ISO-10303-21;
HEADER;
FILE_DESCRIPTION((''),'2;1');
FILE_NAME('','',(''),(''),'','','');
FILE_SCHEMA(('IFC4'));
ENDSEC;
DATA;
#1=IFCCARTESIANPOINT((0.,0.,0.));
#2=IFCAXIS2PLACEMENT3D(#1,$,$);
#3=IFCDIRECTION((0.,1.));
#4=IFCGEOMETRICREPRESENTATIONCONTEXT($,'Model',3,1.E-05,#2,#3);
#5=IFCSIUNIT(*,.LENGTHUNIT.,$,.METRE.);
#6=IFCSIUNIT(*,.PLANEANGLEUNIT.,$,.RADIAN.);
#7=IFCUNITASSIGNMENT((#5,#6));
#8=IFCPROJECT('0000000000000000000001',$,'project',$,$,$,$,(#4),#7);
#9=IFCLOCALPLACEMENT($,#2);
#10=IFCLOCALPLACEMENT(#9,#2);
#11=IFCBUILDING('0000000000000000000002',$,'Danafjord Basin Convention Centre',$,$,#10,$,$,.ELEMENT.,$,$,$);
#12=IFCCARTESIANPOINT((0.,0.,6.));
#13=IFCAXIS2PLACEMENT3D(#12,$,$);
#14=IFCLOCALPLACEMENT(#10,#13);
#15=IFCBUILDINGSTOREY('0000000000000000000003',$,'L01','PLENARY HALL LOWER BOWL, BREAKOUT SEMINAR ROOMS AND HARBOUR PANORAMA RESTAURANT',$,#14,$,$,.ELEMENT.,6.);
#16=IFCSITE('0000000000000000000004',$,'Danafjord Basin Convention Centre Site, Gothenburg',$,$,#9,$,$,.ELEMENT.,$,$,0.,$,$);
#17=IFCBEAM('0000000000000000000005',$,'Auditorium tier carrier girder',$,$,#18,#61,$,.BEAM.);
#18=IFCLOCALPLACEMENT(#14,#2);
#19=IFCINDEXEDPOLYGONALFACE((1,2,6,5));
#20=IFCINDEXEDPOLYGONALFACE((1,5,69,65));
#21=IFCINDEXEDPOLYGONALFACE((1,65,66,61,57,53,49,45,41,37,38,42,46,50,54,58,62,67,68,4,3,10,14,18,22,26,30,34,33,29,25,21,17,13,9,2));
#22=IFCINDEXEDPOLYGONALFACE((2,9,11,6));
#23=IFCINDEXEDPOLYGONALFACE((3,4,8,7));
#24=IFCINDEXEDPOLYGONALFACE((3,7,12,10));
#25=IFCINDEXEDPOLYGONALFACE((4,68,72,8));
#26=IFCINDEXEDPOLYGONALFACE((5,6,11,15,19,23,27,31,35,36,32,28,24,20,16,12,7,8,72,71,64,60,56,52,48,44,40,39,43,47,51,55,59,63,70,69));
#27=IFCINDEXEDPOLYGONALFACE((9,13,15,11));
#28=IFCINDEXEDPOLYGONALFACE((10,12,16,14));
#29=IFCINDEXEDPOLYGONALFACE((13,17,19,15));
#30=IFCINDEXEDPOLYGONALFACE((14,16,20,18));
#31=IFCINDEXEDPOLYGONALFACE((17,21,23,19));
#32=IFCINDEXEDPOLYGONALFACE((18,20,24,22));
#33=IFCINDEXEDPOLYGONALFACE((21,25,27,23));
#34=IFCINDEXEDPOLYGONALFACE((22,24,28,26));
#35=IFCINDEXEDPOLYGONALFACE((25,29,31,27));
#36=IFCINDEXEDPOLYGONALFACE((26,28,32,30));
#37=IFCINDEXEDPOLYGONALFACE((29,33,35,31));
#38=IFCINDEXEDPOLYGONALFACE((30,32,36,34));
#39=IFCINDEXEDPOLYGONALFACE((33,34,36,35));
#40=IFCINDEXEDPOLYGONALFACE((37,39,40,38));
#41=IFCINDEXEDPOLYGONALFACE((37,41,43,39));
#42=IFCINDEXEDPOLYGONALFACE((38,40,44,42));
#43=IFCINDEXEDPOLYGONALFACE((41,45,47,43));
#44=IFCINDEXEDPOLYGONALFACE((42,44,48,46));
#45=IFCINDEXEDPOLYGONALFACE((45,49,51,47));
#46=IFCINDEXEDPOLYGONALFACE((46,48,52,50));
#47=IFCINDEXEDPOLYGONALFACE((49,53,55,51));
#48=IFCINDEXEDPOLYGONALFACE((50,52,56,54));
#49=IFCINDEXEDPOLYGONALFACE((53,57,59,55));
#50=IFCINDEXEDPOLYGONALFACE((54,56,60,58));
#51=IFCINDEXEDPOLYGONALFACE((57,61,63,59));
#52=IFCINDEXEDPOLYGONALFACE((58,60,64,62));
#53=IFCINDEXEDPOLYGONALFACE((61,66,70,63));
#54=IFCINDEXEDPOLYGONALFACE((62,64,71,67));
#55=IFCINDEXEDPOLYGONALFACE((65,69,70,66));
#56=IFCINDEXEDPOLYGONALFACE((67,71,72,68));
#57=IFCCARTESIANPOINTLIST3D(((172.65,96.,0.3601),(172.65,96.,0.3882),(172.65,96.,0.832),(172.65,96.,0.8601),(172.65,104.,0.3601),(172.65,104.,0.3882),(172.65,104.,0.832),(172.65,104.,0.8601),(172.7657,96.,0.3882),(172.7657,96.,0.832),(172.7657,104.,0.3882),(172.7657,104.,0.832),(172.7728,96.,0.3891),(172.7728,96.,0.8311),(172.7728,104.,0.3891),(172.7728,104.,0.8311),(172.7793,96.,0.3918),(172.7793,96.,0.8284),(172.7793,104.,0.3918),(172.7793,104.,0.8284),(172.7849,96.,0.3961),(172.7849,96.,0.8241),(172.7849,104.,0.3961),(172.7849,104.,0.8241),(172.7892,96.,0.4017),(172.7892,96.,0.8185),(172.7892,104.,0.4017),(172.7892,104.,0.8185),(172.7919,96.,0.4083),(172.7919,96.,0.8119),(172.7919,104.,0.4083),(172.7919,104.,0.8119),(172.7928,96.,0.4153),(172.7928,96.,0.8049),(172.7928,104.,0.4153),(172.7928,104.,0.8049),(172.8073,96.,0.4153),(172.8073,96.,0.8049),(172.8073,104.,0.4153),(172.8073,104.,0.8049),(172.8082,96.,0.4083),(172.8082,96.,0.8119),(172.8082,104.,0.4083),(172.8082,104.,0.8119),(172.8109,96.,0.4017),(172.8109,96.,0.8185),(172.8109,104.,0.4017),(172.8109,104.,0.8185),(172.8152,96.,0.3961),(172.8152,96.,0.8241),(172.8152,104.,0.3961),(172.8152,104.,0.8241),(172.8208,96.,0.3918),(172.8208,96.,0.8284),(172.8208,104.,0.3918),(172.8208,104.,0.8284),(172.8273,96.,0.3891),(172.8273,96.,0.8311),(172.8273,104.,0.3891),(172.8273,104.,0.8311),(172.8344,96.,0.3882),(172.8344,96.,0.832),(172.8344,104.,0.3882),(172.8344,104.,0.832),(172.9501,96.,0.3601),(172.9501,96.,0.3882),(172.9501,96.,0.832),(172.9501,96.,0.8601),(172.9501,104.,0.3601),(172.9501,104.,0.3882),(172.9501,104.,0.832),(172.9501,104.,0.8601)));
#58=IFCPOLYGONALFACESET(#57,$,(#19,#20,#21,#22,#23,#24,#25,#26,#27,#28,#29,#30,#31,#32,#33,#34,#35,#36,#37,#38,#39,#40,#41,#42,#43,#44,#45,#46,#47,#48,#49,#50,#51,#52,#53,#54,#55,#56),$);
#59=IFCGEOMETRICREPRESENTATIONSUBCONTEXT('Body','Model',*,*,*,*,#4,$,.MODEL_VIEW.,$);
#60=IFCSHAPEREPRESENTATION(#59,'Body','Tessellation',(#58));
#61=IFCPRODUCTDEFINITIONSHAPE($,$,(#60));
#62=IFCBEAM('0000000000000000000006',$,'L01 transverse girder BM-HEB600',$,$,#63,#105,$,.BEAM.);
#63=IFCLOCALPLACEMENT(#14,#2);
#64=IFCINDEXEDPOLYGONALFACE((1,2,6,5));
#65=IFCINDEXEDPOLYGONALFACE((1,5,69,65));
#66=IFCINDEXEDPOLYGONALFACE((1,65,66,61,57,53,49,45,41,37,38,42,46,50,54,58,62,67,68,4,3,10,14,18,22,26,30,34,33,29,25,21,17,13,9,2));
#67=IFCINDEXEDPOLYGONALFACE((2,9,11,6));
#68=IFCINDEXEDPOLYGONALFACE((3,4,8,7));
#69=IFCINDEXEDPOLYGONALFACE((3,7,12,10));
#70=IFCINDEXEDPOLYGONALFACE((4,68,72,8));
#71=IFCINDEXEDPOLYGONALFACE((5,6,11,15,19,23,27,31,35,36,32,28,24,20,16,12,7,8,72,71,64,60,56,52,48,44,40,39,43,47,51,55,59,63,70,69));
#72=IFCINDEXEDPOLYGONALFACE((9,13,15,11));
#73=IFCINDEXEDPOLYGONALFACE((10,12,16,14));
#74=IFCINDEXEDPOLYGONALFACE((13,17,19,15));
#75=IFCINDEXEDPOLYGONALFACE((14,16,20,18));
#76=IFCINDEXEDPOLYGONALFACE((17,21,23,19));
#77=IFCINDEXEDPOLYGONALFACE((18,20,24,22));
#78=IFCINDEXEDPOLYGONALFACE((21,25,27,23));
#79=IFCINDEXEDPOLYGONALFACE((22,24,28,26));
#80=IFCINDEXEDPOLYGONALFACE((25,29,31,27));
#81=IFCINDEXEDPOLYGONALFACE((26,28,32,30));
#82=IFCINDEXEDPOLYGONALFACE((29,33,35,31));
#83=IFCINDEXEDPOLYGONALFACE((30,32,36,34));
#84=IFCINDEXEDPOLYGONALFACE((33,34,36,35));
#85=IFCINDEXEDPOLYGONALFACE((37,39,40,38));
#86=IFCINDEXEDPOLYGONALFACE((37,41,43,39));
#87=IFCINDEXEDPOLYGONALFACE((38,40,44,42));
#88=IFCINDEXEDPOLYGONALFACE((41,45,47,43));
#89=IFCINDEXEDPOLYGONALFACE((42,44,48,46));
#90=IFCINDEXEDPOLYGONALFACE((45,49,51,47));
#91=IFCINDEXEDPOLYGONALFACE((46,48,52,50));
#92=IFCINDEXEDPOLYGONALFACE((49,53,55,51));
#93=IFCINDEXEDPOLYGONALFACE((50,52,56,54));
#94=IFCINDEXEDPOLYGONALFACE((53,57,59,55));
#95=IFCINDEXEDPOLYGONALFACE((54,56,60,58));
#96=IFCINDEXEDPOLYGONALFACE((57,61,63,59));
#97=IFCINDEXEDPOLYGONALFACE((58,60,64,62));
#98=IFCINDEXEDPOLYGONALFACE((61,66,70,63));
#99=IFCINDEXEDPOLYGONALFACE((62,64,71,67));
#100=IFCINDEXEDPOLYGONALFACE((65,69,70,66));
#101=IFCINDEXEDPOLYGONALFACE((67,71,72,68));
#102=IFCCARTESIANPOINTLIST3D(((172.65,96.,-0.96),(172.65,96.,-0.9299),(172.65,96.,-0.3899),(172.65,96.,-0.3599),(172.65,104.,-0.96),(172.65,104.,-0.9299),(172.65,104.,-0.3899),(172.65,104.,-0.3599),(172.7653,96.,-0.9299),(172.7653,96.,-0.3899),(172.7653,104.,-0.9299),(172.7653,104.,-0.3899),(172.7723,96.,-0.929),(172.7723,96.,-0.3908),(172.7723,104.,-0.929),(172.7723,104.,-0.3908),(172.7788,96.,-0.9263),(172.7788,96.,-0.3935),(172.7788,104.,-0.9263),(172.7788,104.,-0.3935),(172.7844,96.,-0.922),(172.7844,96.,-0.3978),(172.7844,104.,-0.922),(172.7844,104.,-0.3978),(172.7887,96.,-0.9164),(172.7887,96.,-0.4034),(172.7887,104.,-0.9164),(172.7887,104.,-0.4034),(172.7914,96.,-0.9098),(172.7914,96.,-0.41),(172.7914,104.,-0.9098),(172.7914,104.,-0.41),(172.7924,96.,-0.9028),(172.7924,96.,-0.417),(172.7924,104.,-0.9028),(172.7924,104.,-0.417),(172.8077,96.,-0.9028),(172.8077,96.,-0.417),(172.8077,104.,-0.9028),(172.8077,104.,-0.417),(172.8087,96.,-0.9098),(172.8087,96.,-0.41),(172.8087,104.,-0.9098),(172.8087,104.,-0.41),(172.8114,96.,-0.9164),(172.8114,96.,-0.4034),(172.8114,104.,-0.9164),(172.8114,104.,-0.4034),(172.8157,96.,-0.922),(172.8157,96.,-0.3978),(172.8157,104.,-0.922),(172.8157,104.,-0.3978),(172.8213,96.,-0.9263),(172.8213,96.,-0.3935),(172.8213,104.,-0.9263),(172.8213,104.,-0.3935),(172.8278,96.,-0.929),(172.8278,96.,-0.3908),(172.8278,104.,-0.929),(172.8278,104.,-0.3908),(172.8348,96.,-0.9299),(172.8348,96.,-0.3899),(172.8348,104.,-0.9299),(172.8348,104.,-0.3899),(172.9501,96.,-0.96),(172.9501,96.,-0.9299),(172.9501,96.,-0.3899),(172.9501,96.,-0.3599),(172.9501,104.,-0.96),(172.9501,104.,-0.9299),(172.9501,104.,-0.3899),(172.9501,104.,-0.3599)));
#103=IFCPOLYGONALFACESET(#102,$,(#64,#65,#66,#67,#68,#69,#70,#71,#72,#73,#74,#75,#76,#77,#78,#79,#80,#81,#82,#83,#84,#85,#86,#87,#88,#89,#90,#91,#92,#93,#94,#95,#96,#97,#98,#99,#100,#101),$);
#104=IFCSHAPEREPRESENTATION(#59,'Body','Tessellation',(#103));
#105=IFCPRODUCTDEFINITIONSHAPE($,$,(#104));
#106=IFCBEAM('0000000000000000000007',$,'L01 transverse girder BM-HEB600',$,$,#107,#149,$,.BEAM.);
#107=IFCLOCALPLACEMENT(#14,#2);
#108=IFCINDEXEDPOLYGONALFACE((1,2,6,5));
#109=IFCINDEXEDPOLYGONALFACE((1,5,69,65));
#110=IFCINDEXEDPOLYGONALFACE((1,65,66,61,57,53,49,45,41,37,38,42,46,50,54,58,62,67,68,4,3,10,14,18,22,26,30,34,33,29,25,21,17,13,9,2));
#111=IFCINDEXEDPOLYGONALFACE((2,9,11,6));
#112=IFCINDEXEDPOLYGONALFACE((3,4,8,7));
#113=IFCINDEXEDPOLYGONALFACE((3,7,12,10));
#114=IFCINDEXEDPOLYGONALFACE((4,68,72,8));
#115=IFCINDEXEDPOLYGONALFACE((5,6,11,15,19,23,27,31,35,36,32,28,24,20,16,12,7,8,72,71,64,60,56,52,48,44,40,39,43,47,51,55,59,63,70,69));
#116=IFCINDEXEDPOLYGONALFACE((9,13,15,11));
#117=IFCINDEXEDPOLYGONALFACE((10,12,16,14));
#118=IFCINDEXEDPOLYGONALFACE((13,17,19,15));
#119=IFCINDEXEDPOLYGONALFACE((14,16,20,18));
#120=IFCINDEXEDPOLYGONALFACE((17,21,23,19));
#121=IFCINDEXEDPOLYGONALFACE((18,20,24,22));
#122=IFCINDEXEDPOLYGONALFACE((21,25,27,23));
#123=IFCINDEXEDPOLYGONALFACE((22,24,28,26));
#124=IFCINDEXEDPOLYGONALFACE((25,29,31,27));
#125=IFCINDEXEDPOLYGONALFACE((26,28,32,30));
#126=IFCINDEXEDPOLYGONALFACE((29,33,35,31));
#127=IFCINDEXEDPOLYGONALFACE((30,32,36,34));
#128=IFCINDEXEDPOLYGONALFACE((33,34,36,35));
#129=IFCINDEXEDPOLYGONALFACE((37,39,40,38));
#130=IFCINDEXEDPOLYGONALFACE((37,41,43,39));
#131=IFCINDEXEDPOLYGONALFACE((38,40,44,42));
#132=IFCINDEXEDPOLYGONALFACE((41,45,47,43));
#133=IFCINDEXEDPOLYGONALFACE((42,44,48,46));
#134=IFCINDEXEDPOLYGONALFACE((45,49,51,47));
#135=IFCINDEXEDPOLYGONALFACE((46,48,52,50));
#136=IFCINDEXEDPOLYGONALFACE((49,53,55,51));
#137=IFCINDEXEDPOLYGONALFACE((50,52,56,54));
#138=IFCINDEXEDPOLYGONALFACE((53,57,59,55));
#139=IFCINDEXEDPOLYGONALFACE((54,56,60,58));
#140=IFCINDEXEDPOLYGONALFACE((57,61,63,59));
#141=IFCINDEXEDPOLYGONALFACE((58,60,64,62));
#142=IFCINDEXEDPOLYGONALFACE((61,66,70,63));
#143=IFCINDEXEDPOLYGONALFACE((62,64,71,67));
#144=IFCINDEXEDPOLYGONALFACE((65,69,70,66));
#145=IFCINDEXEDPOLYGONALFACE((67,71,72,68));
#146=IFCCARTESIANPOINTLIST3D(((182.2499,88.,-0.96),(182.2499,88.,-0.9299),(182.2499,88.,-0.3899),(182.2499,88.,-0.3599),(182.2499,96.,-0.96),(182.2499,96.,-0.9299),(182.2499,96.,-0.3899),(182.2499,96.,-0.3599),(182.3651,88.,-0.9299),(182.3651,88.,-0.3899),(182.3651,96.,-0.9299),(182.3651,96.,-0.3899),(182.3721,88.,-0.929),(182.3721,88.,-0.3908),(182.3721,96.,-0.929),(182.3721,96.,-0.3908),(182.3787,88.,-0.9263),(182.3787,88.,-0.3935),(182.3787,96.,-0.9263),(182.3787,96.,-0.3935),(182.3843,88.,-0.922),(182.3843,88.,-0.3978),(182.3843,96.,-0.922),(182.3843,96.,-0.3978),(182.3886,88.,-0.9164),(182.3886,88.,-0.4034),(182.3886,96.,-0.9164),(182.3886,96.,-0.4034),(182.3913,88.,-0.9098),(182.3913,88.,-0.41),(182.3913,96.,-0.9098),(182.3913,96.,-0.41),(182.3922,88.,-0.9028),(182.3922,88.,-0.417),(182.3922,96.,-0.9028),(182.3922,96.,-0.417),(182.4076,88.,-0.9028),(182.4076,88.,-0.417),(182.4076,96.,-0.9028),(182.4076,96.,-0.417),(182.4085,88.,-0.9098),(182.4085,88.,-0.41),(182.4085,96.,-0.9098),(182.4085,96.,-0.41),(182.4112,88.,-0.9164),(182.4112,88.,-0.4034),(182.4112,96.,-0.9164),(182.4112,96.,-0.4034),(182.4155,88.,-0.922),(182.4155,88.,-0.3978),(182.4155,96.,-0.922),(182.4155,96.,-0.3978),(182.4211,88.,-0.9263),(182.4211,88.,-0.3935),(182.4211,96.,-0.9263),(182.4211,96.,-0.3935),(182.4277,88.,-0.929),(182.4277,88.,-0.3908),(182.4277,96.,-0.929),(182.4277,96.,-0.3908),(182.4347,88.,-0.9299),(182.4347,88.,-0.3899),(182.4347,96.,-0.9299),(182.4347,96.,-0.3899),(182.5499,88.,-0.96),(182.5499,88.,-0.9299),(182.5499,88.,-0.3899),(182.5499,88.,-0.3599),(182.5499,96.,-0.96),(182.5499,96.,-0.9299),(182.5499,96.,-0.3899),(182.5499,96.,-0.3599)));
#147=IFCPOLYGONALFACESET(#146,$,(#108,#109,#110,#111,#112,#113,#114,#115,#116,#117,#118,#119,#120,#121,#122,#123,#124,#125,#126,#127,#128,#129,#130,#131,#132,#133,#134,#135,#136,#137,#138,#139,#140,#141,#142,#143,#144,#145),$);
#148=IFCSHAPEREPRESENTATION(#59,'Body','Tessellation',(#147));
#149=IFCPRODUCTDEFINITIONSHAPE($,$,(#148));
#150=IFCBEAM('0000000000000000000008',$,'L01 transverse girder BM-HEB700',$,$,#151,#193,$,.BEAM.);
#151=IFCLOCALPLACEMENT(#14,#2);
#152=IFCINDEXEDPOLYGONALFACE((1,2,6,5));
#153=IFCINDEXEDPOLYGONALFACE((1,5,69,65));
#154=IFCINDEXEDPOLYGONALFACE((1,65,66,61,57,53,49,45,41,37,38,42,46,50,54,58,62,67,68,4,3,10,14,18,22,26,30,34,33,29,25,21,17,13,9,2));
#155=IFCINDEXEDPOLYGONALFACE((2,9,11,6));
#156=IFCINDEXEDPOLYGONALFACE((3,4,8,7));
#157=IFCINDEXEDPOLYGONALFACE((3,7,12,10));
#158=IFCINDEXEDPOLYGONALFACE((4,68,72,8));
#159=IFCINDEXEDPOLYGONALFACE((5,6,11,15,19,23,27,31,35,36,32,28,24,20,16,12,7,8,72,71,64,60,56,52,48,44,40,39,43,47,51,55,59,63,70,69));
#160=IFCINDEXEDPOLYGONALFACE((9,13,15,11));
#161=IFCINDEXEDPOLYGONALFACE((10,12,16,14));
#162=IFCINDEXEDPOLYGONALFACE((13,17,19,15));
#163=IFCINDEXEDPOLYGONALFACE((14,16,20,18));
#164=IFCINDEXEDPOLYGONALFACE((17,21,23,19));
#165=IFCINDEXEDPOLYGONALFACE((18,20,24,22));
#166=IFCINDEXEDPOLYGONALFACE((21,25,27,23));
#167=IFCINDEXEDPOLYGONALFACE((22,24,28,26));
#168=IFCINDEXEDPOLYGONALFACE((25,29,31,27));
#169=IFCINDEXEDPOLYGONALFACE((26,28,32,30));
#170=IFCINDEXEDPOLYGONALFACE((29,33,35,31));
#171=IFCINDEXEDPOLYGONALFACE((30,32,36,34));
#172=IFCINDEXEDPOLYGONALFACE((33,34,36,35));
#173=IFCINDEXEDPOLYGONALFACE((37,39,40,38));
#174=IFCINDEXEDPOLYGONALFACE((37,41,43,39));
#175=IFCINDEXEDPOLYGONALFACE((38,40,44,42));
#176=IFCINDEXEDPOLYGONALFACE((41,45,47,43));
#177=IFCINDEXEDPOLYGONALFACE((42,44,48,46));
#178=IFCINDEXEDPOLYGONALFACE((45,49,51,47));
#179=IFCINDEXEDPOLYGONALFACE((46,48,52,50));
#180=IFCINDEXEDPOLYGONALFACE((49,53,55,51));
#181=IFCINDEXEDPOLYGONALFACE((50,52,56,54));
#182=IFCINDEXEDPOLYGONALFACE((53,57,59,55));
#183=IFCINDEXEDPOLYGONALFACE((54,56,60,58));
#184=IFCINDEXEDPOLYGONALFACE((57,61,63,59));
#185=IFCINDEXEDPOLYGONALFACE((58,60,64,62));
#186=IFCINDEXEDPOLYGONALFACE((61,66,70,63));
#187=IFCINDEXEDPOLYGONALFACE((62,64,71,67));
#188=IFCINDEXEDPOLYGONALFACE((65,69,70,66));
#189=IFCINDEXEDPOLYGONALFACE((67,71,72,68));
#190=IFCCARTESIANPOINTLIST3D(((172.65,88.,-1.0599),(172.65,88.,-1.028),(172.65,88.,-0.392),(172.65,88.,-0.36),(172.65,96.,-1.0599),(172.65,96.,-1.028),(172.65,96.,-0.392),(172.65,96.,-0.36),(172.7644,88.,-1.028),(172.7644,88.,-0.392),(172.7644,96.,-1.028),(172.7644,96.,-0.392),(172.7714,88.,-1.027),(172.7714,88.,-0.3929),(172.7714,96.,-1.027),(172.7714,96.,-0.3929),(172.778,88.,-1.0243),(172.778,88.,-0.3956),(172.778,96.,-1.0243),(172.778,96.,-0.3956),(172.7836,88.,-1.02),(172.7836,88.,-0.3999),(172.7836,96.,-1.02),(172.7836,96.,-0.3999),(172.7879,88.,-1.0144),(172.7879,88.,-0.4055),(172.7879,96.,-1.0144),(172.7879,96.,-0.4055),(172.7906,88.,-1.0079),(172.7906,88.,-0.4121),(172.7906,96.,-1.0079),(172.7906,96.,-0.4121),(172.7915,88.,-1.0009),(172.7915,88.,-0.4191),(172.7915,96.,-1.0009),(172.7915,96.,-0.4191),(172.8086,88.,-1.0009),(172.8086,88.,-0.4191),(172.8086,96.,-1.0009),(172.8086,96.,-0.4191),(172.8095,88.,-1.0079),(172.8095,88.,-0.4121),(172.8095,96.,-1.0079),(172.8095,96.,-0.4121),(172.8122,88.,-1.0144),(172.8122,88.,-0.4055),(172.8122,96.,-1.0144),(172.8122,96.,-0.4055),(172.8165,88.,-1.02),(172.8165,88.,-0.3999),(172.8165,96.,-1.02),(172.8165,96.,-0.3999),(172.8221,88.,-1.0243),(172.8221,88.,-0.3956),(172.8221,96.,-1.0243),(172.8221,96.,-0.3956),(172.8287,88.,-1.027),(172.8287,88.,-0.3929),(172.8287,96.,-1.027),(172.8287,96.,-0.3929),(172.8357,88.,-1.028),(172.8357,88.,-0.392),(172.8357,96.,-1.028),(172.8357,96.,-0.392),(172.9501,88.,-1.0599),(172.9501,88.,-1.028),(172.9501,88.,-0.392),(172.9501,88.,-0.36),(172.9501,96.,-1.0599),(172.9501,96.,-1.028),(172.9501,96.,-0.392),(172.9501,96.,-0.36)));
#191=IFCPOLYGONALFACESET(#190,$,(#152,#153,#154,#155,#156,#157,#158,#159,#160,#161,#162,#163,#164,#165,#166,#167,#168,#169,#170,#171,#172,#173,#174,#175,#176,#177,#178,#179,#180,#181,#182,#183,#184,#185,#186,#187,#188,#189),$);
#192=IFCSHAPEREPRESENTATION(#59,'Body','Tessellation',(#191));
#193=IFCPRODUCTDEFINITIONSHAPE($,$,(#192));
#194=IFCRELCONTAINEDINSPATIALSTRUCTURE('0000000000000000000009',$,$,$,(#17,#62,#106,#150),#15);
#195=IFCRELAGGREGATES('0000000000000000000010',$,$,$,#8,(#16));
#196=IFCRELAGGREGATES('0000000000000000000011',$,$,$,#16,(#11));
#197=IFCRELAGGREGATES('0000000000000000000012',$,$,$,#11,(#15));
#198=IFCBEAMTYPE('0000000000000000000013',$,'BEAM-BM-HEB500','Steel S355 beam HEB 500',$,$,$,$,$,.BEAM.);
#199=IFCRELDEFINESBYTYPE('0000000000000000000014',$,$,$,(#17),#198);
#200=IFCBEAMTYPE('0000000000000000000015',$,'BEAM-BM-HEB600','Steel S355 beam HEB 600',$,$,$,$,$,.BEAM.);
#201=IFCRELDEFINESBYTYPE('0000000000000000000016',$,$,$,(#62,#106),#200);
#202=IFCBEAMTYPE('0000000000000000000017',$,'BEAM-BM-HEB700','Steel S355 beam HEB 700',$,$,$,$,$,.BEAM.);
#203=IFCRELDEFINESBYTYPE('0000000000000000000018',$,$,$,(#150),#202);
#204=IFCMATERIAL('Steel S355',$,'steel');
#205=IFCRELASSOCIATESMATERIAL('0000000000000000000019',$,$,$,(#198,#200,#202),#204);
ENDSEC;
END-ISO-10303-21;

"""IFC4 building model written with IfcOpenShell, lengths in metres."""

from ifc_helpers import new_model, si_unit, direction, frame, origin, origin_2d, place, context, subcontext, project, spatial, i_section, extrude, material, material_profile, profile_set, type_object, element, save


model = new_model("IFC4")

# Units and contexts
model_context = context("Model", 3, precision=1e-05, world=origin(), true_north=direction((0.0, 1.0)))
body_context = subcontext(model_context, "Body", "Model", "MODEL_VIEW")
ifc_project = project(units=[si_unit("LENGTHUNIT", "METRE"), si_unit("PLANEANGLEUNIT", "RADIAN")], contexts=[model_context])

# Site, building, storey
site_placement = place(None, origin())
site = spatial("IfcSite", under=ifc_project, at=site_placement, Name="Danafjord Basin Convention Centre Site, Gothenburg", CompositionType="ELEMENT", RefElevation=0.0)
building_placement = place(site_placement, origin())
building = spatial("IfcBuilding", under=site, at=building_placement, Name="Danafjord Basin Convention Centre", CompositionType="ELEMENT")
storey_placement = place(building_placement, frame((0.0, 0.0, 6.0)))
storey = spatial("IfcBuildingStorey", under=building, at=storey_placement, Name="L01", Description="PLENARY HALL LOWER BOWL, BREAKOUT SEMINAR ROOMS AND HARBOUR PANORAMA RESTAURANT", CompositionType="ELEMENT", Elevation=6.0)

# Shared definitions
ifc_material_1 = material(Name="Steel S355", Category="steel")

# Beams
ifc_material_profile_1 = material_profile(ifc_material_1, i_section(OverallWidth=0.3, OverallDepth=0.5, WebThickness=0.0144, FlangeThickness=0.0281, FilletRadius=0.0271, at=origin_2d()), Name="HEB 500")
ifc_profile_set_1 = profile_set([ifc_material_profile_1], Name="Steel S355")
beam_type_1 = type_object("IfcBeamType", Name="BEAM-BM-HEB500", Description="Steel S355 beam HEB 500", PredefinedType="BEAM", material=ifc_profile_set_1)
beam_1_placement = place(storey_placement, frame((172.8, 96.0, 0.6101), z_axis=(0.0, 1.0, 0.0), x_axis=(-1.0, 0.0, 0.0)))
element("IfcBeam", 1, at=beam_1_placement, inside=storey, type_object=beam_type_1, Name="Auditorium tier carrier girder", PredefinedType="BEAM", context=body_context, shape_type="SweptSolid", body=[
    extrude(i_section(OverallWidth=0.3, OverallDepth=0.5, WebThickness=0.0144, FlangeThickness=0.0281, FilletRadius=0.0271, at=origin_2d()), origin(), (0.0, 0.0, 1.0), 8.0),
])
ifc_material_profile_2 = material_profile(ifc_material_1, i_section(OverallWidth=0.3, OverallDepth=0.6001, WebThickness=0.0154, FlangeThickness=0.03, FilletRadius=0.0271, at=origin_2d()), Name="HEB 600")
ifc_profile_set_2 = profile_set([ifc_material_profile_2], Name="Steel S355")
beam_type_2 = type_object("IfcBeamType", Name="BEAM-BM-HEB600", Description="Steel S355 beam HEB 600", PredefinedType="BEAM", material=ifc_profile_set_2)
for number, where, z_axis, x_axis, name in (
    (2, (172.8, 96.0, -0.6599), (0.0, 1.0, 0.0), (-1.0, 0.0, 0.0), "L01 transverse girder BM-HEB600"),
    (3, (182.3999, 88.0, -0.6599), (0.0, 1.0, 0.0), (-1.0, 0.0, 0.0), "L01 transverse girder BM-HEB600"),
):
    element("IfcBeam", number, at=place(storey_placement, frame(where, z_axis=z_axis, x_axis=x_axis)), inside=storey, type_object=beam_type_2, Name=name, PredefinedType="BEAM", context=body_context, shape_type="SweptSolid", body=[
        extrude(i_section(OverallWidth=0.3, OverallDepth=0.6001, WebThickness=0.0154, FlangeThickness=0.03, FilletRadius=0.0271, at=origin_2d()), origin(), (0.0, 0.0, 1.0), 8.0),
    ])
ifc_material_profile_3 = material_profile(ifc_material_1, i_section(OverallWidth=0.3, OverallDepth=0.7, WebThickness=0.0171, FlangeThickness=0.032, FilletRadius=0.0271, at=origin_2d()), Name="HEB 700")
ifc_profile_set_3 = profile_set([ifc_material_profile_3], Name="Steel S355")
beam_type_3 = type_object("IfcBeamType", Name="BEAM-BM-HEB700", Description="Steel S355 beam HEB 700", PredefinedType="BEAM", material=ifc_profile_set_3)
beam_2_placement = place(storey_placement, frame((172.8, 88.0, -0.71), z_axis=(0.0, 1.0, 0.0), x_axis=(-1.0, 0.0, 0.0)))
element("IfcBeam", 4, at=beam_2_placement, inside=storey, type_object=beam_type_3, Name="L01 transverse girder BM-HEB700", PredefinedType="BEAM", context=body_context, shape_type="SweptSolid", body=[
    extrude(i_section(OverallWidth=0.3, OverallDepth=0.7, WebThickness=0.0171, FlangeThickness=0.032, FilletRadius=0.0271, at=origin_2d()), origin(), (0.0, 0.0, 1.0), 8.0),
])

save(model, "model.ifc")
